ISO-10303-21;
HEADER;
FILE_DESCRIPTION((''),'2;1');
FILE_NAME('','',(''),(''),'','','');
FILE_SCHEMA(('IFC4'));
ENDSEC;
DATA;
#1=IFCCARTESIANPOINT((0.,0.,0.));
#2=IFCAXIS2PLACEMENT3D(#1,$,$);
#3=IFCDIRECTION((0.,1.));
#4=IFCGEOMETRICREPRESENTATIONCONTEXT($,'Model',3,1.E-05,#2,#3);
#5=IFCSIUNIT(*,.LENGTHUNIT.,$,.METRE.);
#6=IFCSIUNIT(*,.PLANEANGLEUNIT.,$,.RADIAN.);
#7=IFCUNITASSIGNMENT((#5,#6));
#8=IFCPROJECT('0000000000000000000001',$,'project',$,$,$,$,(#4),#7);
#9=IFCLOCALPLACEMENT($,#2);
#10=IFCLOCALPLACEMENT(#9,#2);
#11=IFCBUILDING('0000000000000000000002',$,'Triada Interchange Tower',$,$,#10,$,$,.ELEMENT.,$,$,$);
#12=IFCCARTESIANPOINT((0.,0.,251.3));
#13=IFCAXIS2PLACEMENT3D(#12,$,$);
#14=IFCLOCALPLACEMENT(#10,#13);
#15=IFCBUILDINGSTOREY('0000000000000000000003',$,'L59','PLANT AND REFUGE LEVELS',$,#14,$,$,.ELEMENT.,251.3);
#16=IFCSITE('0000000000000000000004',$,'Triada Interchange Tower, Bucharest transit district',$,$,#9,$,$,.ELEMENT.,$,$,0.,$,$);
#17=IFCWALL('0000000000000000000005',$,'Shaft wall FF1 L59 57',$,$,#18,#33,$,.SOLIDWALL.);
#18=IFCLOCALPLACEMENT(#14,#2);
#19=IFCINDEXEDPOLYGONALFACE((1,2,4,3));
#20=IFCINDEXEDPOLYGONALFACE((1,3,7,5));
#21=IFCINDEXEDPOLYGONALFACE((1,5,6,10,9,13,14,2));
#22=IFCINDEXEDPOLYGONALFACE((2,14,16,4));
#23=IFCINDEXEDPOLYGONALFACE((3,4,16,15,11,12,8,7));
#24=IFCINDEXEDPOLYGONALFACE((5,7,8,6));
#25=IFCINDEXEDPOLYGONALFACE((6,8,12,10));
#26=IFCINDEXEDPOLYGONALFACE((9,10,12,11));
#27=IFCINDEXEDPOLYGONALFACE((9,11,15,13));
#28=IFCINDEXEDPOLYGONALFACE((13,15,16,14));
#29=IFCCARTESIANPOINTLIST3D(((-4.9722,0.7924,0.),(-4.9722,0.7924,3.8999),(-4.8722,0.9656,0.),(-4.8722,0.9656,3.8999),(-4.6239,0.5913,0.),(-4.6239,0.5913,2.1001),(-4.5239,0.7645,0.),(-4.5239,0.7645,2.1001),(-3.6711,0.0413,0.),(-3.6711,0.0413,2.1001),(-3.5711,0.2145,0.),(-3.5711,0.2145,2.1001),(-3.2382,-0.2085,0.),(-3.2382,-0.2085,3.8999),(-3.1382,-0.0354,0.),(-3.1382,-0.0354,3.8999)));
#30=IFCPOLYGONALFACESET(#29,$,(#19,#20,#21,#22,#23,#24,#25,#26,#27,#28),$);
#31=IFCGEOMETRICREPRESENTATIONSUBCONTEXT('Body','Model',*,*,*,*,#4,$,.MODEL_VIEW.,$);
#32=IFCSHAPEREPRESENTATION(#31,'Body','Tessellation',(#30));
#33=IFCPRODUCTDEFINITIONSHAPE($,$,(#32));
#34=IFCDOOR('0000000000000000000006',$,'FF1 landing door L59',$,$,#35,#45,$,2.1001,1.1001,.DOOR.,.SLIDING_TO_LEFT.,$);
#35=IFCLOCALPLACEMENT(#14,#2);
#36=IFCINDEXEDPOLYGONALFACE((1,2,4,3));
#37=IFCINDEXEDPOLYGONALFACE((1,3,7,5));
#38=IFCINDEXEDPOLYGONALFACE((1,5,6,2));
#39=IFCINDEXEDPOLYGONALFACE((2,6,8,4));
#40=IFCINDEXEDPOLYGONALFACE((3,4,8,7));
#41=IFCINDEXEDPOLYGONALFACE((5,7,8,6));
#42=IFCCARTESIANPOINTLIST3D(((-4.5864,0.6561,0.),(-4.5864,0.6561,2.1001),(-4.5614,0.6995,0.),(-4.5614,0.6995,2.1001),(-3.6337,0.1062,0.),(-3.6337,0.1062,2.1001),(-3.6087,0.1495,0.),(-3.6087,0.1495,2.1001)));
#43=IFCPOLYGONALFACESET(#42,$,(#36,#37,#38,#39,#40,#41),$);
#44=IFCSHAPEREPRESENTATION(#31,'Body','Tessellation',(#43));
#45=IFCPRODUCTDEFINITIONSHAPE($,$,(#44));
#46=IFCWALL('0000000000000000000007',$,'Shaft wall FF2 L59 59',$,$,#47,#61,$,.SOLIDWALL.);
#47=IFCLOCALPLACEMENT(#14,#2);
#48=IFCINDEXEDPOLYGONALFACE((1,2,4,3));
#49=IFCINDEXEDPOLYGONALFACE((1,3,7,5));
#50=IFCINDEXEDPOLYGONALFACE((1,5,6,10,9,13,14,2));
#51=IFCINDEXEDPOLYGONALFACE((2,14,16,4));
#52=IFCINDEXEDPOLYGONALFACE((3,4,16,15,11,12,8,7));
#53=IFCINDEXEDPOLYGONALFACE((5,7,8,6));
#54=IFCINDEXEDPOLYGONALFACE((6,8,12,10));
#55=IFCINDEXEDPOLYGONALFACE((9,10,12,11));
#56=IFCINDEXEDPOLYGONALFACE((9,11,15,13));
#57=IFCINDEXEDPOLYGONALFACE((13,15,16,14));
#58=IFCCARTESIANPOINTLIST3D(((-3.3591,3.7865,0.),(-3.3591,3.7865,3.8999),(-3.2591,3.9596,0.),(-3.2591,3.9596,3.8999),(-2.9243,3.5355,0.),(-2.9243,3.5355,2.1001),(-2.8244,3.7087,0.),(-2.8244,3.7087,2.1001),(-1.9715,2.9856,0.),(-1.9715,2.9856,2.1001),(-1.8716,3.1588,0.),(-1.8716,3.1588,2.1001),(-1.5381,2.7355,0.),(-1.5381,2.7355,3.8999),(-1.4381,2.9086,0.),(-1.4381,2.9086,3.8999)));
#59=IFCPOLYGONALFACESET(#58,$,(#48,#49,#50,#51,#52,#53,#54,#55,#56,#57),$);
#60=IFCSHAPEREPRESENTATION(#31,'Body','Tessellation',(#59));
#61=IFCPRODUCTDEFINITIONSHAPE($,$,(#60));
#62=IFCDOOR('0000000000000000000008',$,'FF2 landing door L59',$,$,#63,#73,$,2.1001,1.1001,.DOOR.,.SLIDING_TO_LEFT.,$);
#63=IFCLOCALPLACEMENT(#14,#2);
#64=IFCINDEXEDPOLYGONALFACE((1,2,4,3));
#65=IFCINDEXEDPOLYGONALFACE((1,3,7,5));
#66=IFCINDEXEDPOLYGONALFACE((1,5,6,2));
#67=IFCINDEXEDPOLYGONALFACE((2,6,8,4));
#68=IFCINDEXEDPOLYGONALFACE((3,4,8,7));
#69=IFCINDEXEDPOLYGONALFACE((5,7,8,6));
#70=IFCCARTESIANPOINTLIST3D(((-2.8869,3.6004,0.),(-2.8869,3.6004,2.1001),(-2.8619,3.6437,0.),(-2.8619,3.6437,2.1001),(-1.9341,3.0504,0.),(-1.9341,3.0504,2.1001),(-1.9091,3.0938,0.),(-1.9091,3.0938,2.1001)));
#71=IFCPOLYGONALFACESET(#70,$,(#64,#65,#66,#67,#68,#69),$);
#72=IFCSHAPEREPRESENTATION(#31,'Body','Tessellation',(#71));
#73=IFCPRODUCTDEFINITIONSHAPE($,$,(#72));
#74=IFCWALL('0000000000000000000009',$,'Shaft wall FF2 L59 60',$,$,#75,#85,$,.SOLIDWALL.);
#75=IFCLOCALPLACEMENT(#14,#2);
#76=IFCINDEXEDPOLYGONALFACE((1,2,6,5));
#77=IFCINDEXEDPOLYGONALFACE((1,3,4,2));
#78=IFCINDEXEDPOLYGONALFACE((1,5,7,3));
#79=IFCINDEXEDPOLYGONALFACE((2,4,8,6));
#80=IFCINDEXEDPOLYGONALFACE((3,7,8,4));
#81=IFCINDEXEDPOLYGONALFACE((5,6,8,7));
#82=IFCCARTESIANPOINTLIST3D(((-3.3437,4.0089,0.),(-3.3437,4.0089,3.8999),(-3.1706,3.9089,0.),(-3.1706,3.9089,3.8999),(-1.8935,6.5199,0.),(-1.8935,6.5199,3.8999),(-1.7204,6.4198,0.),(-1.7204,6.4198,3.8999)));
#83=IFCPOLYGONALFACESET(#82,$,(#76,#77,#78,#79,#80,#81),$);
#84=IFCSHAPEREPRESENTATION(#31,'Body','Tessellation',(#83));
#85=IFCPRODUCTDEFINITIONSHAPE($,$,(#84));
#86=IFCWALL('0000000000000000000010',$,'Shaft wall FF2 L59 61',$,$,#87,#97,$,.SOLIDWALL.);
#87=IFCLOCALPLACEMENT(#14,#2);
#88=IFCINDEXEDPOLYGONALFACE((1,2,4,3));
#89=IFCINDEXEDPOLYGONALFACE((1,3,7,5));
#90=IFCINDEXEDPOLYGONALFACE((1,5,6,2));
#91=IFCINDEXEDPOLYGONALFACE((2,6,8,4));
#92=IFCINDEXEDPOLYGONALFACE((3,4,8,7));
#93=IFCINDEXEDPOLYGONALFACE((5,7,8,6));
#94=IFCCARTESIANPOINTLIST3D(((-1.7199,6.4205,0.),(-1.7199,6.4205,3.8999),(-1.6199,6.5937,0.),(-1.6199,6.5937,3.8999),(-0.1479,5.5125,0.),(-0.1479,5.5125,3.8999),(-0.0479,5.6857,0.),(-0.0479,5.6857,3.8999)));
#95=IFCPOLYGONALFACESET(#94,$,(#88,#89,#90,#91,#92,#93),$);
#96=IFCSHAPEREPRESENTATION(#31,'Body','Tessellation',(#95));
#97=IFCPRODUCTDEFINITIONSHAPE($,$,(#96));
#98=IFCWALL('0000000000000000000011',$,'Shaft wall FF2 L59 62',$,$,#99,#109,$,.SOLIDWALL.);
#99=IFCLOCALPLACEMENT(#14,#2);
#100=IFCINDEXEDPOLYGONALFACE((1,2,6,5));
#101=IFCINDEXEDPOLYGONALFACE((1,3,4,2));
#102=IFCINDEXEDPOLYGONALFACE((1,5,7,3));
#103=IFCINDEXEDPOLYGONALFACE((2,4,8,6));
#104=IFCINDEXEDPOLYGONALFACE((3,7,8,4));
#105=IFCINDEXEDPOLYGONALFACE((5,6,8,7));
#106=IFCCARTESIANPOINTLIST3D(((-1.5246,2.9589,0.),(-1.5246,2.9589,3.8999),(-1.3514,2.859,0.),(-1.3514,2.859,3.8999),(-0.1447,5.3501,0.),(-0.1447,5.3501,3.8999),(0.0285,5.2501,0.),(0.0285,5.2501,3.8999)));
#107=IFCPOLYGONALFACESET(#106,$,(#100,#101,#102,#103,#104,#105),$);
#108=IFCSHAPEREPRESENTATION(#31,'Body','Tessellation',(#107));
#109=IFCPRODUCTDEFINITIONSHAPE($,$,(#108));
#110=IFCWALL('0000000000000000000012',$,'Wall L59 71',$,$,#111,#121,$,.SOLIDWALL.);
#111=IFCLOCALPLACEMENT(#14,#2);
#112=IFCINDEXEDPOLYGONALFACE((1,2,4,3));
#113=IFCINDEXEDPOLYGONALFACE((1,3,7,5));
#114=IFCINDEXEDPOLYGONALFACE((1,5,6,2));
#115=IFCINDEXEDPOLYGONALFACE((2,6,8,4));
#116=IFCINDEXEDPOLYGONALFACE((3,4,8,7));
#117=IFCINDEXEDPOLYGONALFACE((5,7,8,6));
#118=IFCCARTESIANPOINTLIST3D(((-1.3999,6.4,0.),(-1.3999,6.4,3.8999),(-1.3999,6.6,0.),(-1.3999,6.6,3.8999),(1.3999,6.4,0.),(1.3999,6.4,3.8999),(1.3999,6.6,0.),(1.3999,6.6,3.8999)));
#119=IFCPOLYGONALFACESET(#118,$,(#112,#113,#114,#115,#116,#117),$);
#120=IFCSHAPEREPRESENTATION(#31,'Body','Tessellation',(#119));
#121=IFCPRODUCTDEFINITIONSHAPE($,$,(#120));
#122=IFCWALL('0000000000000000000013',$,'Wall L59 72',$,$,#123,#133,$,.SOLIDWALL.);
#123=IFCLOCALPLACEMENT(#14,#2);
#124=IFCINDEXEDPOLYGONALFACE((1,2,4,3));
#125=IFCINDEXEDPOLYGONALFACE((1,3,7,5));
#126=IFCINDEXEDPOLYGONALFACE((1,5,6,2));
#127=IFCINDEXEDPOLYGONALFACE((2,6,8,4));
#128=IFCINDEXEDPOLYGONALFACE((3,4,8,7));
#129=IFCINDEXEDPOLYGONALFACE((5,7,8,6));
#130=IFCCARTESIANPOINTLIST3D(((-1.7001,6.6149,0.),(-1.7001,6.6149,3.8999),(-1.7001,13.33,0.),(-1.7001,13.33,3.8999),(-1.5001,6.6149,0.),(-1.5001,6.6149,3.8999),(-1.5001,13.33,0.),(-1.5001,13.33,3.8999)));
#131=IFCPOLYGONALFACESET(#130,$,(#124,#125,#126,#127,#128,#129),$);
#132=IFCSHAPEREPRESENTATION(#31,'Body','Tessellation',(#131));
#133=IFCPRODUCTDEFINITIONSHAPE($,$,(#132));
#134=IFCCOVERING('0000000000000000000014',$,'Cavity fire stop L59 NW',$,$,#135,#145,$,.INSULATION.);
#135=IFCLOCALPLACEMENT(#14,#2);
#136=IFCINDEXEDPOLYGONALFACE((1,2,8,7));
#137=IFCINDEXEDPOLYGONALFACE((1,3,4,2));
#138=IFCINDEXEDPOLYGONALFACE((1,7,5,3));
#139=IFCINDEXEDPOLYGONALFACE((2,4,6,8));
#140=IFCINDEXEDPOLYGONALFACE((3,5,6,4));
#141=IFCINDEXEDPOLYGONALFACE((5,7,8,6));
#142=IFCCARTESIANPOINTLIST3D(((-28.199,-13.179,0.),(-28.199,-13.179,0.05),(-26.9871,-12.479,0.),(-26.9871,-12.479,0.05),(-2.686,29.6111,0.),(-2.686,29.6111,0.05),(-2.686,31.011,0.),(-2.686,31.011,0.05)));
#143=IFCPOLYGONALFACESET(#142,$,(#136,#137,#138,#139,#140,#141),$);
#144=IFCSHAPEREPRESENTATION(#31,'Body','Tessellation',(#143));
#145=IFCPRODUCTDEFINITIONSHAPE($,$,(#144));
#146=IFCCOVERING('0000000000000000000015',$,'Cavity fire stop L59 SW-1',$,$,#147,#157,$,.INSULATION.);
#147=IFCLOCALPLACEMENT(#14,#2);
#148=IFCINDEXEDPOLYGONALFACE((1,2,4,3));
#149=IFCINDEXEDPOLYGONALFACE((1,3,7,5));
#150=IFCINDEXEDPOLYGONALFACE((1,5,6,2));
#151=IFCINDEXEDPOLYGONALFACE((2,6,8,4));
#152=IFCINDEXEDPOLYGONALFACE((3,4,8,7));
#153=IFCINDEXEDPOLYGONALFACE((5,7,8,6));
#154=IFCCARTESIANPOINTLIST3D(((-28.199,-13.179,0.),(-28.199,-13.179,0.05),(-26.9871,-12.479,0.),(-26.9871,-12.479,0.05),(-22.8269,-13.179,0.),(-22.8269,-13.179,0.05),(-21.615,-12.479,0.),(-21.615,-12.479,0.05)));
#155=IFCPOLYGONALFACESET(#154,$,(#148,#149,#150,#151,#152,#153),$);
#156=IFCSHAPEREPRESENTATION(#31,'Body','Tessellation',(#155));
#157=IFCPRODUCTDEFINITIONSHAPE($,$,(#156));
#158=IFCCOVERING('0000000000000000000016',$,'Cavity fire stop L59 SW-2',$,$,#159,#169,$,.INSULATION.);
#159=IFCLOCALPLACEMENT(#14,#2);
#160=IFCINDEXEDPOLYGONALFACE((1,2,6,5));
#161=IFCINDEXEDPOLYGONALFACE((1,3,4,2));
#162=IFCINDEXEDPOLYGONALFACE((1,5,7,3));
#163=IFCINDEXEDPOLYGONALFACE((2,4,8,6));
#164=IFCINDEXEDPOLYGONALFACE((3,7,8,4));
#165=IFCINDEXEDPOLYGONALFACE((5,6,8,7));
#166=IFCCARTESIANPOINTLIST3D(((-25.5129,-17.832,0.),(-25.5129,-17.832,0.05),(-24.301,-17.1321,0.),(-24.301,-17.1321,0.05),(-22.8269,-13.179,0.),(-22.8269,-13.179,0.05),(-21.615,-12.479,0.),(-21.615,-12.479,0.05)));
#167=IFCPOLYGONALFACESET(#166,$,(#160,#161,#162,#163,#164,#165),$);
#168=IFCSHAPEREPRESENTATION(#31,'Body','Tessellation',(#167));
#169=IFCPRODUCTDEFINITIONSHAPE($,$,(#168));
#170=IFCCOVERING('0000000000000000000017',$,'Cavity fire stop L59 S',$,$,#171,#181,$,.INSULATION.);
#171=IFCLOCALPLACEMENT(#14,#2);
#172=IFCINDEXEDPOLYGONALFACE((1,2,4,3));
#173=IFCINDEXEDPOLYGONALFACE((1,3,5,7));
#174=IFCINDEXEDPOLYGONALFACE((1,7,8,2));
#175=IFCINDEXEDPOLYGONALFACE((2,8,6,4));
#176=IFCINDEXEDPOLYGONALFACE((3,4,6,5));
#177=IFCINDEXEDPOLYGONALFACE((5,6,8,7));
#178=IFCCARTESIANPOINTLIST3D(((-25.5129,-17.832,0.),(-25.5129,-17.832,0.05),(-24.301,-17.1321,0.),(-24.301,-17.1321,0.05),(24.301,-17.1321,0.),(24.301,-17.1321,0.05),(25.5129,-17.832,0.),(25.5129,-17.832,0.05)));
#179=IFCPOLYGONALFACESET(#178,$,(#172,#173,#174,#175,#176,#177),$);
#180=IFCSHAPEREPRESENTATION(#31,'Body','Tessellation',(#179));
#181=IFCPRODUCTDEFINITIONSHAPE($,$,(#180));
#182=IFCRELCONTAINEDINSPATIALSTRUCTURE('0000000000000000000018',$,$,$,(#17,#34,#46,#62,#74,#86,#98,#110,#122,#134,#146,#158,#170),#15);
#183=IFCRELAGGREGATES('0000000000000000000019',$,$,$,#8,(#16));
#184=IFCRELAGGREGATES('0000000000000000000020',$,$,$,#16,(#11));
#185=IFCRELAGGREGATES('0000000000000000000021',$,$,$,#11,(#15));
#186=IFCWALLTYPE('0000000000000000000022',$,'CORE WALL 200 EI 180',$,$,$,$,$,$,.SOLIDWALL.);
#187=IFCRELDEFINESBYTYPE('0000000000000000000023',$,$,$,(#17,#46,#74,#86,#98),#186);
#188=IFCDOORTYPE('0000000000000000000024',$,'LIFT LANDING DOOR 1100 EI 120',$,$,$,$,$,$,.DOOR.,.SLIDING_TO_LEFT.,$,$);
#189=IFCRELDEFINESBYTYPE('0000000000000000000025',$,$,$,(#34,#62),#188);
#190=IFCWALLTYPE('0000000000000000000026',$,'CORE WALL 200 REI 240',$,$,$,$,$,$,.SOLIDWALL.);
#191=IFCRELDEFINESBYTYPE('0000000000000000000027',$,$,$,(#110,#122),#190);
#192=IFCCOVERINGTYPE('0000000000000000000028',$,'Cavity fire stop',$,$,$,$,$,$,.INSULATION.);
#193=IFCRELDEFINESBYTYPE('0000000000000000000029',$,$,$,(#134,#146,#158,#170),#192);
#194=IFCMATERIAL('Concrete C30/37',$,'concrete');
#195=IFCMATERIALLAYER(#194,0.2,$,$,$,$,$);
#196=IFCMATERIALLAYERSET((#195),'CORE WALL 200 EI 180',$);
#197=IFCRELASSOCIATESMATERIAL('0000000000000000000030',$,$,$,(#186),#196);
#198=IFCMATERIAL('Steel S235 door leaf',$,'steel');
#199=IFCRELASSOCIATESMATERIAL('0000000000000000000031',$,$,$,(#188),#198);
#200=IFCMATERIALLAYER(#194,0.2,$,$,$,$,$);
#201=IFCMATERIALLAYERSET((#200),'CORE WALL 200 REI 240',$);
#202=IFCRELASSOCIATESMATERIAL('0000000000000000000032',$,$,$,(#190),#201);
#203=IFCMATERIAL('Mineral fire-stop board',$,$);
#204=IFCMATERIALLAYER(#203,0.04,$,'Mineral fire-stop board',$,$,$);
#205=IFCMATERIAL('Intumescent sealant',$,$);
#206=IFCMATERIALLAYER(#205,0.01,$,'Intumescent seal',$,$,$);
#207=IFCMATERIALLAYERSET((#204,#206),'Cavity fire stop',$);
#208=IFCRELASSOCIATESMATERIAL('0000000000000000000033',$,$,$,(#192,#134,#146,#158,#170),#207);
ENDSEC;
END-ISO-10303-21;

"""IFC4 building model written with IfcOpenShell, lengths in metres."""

from ifc_helpers import new_model, si_unit, direction, frame, frame_2d, origin, place, context, subcontext, project, spatial, polyline, rectangle, outline, extrude, material, layer, layer_set, layer_usage, type_object, element, fill, save


model = new_model("IFC4")

# Units and contexts
model_context = context("Model", 3, precision=1e-05, world=origin(), true_north=direction((0.0, 1.0)))
body_context = subcontext(model_context, "Body", "Model", "MODEL_VIEW")
ifc_project = project(units=[si_unit("LENGTHUNIT", "METRE"), si_unit("PLANEANGLEUNIT", "RADIAN")], contexts=[model_context])

# Site, building, storey
site_placement = place(None, origin())
site = spatial("IfcSite", under=ifc_project, at=site_placement, Name="Triada Interchange Tower, Bucharest transit district", CompositionType="ELEMENT", RefElevation=0.0)
building_placement = place(site_placement, origin())
building = spatial("IfcBuilding", under=site, at=building_placement, Name="Triada Interchange Tower", CompositionType="ELEMENT")
storey_placement = place(building_placement, frame((0.0, 0.0, 251.3)))
storey = spatial("IfcBuildingStorey", under=building, at=storey_placement, Name="L59", Description="PLANT AND REFUGE LEVELS", CompositionType="ELEMENT", Elevation=251.3)

# Shared definitions
ifc_material_1 = material(Name="Concrete C30/37", Category="concrete")
ifc_layer_1 = layer(ifc_material_1, 0.2)
ifc_layer_set_1 = layer_set([ifc_layer_1], Name="CORE WALL 200 EI 180")
wall_type_1 = type_object("IfcWallType", Name="CORE WALL 200 EI 180", PredefinedType="SOLIDWALL", material=ifc_layer_set_1)

# Shared definitions
ifc_material_2 = material(Name="Steel S235 door leaf", Category="steel")

# Walls, openings, doors
wall_1_placement = place(storey_placement, frame((-4.9221, 0.8789, 0.0), z_axis=(0.0, 0.0, 1.0), x_axis=(0.866074, -0.499916, 0.0)))
wall_1 = element("IfcWall", 1, at=wall_1_placement, inside=storey, type_object=wall_type_1, Name="Shaft wall FF1 L59 57", PredefinedType="SOLIDWALL", context=body_context, shape_type="SweptSolid", body=[
    extrude(rectangle(XDim=2.0022, YDim=0.2, at=frame_2d((1.001, 0.0))), origin(), (0.0, 0.0, 1.0), 3.8999),
])
opening_1_placement = place(wall_1_placement, frame((0.4021, 0.0, 0.0)))
opening_1 = element("IfcOpeningElement", 2, at=opening_1_placement, cuts=wall_1, PredefinedType="OPENING", context=body_context, shape_type="SweptSolid", body=[
    extrude(rectangle(XDim=1.1001, YDim=2.1001, at=frame_2d((0.55, 1.05))), frame((0.0, 0.1099, 0.0), z_axis=(0.0, -1.0, 0.0), x_axis=(1.0, 0.0, 0.0)), (0.0, 0.0, 1.0), 0.22),
])
door_type_1 = type_object("IfcDoorType", Name="LIFT LANDING DOOR 1100 EI 120", OperationType="SLIDING_TO_LEFT", PredefinedType="DOOR", material=ifc_material_2)
door_1_placement = place(opening_1_placement, origin())
door_1 = element("IfcDoor", 3, at=door_1_placement, inside=storey, type_object=door_type_1, Name="FF1 landing door L59", OperationType="SLIDING_TO_LEFT", OverallHeight=2.1001, OverallWidth=1.1001, PredefinedType="DOOR", context=body_context, shape_type="SweptSolid", body=[
    extrude(rectangle(XDim=1.1001, YDim=2.1001, at=frame_2d((0.55, 1.05))), frame((0.0, 0.0249, 0.0), z_axis=(0.0, -1.0, 0.0), x_axis=(1.0, 0.0, 0.0)), (0.0, 0.0, 1.0), 0.05),
])
fill(opening_1, door_1)
wall_2_placement = place(storey_placement, frame((-3.3091, 3.873, 0.0), z_axis=(0.0, 0.0, 1.0), x_axis=(0.866099, -0.499873, 0.0)))
wall_2 = element("IfcWall", 4, at=wall_2_placement, inside=storey, type_object=wall_type_1, Name="Shaft wall FF2 L59 59", PredefinedType="SOLIDWALL", context=body_context, shape_type="SweptSolid", body=[
    extrude(rectangle(XDim=2.1025, YDim=0.2, at=frame_2d((1.0513, 0.0))), origin(), (0.0, 0.0, 1.0), 3.8999),
])
opening_2_placement = place(wall_2_placement, frame((0.502, 0.0, 0.0)))
opening_2 = element("IfcOpeningElement", 5, at=opening_2_placement, cuts=wall_2, PredefinedType="OPENING", context=body_context, shape_type="SweptSolid", body=[
    extrude(rectangle(XDim=1.1001, YDim=2.1001, at=frame_2d((0.55, 1.05))), frame((0.0, 0.1099, 0.0), z_axis=(0.0, -1.0, 0.0), x_axis=(1.0, 0.0, 0.0)), (0.0, 0.0, 1.0), 0.22),
])
door_2_placement = place(opening_2_placement, origin())
door_2 = element("IfcDoor", 6, at=door_2_placement, inside=storey, type_object=door_type_1, Name="FF2 landing door L59", OperationType="SLIDING_TO_LEFT", OverallHeight=2.1001, OverallWidth=1.1001, PredefinedType="DOOR", context=body_context, shape_type="SweptSolid", body=[
    extrude(rectangle(XDim=1.1001, YDim=2.1001, at=frame_2d((0.55, 1.05))), frame((0.0, 0.0249, 0.0), z_axis=(0.0, -1.0, 0.0), x_axis=(1.0, 0.0, 0.0)), (0.0, 0.0, 1.0), 0.05),
])
fill(opening_2, door_2)

# Walls
wall_3_placement = place(storey_placement, frame((-3.2571, 3.959, 0.0), z_axis=(0.0, 0.0, 1.0), x_axis=(0.500123, 0.865954, 0.0)))
element("IfcWall", 7, at=wall_3_placement, inside=storey, type_object=wall_type_1, Name="Shaft wall FF2 L59 60", PredefinedType="SOLIDWALL", context=body_context, shape_type="SweptSolid", body=[
    extrude(rectangle(XDim=2.8997, YDim=0.2, at=frame_2d((1.4497, 0.0))), origin(), (0.0, 0.0, 1.0), 3.8999),
])
wall_4_placement = place(storey_placement, frame((-1.6699, 6.5071, 0.0), z_axis=(0.0, 0.0, 1.0), x_axis=(0.865941, -0.500145, 0.0)))
element("IfcWall", 8, at=wall_4_placement, inside=storey, type_object=wall_type_1, Name="Shaft wall FF2 L59 61", PredefinedType="SOLIDWALL", context=body_context, shape_type="SweptSolid", body=[
    extrude(rectangle(XDim=1.8154, YDim=0.2, at=frame_2d((0.9077, 0.0))), origin(), (0.0, 0.0, 1.0), 3.8999),
])
wall_5_placement = place(storey_placement, frame((-1.438, 2.9089, 0.0), z_axis=(0.0, 0.0, 1.0), x_axis=(0.49983, 0.866124, 0.0)))
element("IfcWall", 9, at=wall_5_placement, inside=storey, type_object=wall_type_1, Name="Shaft wall FF2 L59 62", PredefinedType="SOLIDWALL", context=body_context, shape_type="SweptSolid", body=[
    extrude(rectangle(XDim=2.7607, YDim=0.2, at=frame_2d((1.3804, 0.0))), origin(), (0.0, 0.0, 1.0), 3.8999),
])
ifc_layer_2 = layer(ifc_material_1, 0.2)
ifc_layer_set_2 = layer_set([ifc_layer_2], Name="CORE WALL 200 REI 240")
wall_type_2 = type_object("IfcWallType", Name="CORE WALL 200 REI 240", PredefinedType="SOLIDWALL", material=ifc_layer_set_2)
wall_6_placement = place(storey_placement, frame((-1.3999, 6.5, 0.0), z_axis=(0.0, 0.0, 1.0), x_axis=(1.0, 0.0, 0.0)))
element("IfcWall", 10, at=wall_6_placement, inside=storey, type_object=wall_type_2, Name="Wall L59 71", PredefinedType="SOLIDWALL", context=body_context, shape_type="SweptSolid", body=[
    extrude(rectangle(XDim=2.7998, YDim=0.2, at=frame_2d((1.3999, 0.0))), origin(), (0.0, 0.0, 1.0), 3.8999),
])
wall_7_placement = place(storey_placement, frame((-1.6001, 6.615, 0.0), z_axis=(0.0, 0.0, 1.0), x_axis=(0.0, 1.0, 0.0)))
element("IfcWall", 11, at=wall_7_placement, inside=storey, type_object=wall_type_2, Name="Wall L59 72", PredefinedType="SOLIDWALL", context=body_context, shape_type="SweptSolid", body=[
    extrude(rectangle(XDim=6.7151, YDim=0.2, at=frame_2d((3.3574, 0.0))), origin(), (0.0, 0.0, 1.0), 3.8999),
])

# Coverings
ifc_material_3 = material(Name="Mineral fire-stop board")
ifc_layer_3 = layer(ifc_material_3, 0.04, Name="Mineral fire-stop board")
ifc_material_4 = material(Name="Intumescent sealant")
ifc_layer_4 = layer(ifc_material_4, 0.01, Name="Intumescent seal")
ifc_layer_set_3 = layer_set([ifc_layer_3, ifc_layer_4], Name="Cavity fire stop")
ifc_layer_usage = layer_usage(ifc_layer_set_3, "AXIS3", "POSITIVE", 0.0)
covering_type = type_object("IfcCoveringType", Name="Cavity fire stop", PredefinedType="INSULATION", material=ifc_layer_set_3)
covering_1_placement = place(storey_placement, origin())
element("IfcCovering", 12, at=covering_1_placement, inside=storey, type_object=covering_type, material=ifc_layer_usage, Name="Cavity fire stop L59 NW", PredefinedType="INSULATION", context=body_context, shape_type="SweptSolid", body=[
    extrude(outline(polyline([(-2.686, 29.6111), (-2.686, 31.011), (-28.199, -13.179), (-26.9871, -12.479), (-2.686, 29.6111)])), origin(), (0.0, 0.0, 1.0), 0.05),
])
covering_2_placement = place(storey_placement, origin())
element("IfcCovering", 13, at=covering_2_placement, inside=storey, type_object=covering_type, material=ifc_layer_usage, Name="Cavity fire stop L59 SW-1", PredefinedType="INSULATION", context=body_context, shape_type="SweptSolid", body=[
    extrude(outline(polyline([(-26.9871, -12.479), (-28.199, -13.179), (-22.8269, -13.179), (-21.615, -12.479), (-26.9871, -12.479)])), origin(), (0.0, 0.0, 1.0), 0.05),
])
covering_3_placement = place(storey_placement, origin())
element("IfcCovering", 14, at=covering_3_placement, inside=storey, type_object=covering_type, material=ifc_layer_usage, Name="Cavity fire stop L59 SW-2", PredefinedType="INSULATION", context=body_context, shape_type="SweptSolid", body=[
    extrude(outline(polyline([(-21.615, -12.479), (-22.8269, -13.179), (-25.5129, -17.832), (-24.301, -17.1321), (-21.615, -12.479)])), origin(), (0.0, 0.0, 1.0), 0.05),
])
covering_4_placement = place(storey_placement, origin())
element("IfcCovering", 15, at=covering_4_placement, inside=storey, type_object=covering_type, material=ifc_layer_usage, Name="Cavity fire stop L59 S", PredefinedType="INSULATION", context=body_context, shape_type="SweptSolid", body=[
    extrude(outline(polyline([(-24.301, -17.1321), (-25.5129, -17.832), (25.5129, -17.832), (24.301, -17.1321), (-24.301, -17.1321)])), origin(), (0.0, 0.0, 1.0), 0.05),
])

save(model, "model.ifc")
